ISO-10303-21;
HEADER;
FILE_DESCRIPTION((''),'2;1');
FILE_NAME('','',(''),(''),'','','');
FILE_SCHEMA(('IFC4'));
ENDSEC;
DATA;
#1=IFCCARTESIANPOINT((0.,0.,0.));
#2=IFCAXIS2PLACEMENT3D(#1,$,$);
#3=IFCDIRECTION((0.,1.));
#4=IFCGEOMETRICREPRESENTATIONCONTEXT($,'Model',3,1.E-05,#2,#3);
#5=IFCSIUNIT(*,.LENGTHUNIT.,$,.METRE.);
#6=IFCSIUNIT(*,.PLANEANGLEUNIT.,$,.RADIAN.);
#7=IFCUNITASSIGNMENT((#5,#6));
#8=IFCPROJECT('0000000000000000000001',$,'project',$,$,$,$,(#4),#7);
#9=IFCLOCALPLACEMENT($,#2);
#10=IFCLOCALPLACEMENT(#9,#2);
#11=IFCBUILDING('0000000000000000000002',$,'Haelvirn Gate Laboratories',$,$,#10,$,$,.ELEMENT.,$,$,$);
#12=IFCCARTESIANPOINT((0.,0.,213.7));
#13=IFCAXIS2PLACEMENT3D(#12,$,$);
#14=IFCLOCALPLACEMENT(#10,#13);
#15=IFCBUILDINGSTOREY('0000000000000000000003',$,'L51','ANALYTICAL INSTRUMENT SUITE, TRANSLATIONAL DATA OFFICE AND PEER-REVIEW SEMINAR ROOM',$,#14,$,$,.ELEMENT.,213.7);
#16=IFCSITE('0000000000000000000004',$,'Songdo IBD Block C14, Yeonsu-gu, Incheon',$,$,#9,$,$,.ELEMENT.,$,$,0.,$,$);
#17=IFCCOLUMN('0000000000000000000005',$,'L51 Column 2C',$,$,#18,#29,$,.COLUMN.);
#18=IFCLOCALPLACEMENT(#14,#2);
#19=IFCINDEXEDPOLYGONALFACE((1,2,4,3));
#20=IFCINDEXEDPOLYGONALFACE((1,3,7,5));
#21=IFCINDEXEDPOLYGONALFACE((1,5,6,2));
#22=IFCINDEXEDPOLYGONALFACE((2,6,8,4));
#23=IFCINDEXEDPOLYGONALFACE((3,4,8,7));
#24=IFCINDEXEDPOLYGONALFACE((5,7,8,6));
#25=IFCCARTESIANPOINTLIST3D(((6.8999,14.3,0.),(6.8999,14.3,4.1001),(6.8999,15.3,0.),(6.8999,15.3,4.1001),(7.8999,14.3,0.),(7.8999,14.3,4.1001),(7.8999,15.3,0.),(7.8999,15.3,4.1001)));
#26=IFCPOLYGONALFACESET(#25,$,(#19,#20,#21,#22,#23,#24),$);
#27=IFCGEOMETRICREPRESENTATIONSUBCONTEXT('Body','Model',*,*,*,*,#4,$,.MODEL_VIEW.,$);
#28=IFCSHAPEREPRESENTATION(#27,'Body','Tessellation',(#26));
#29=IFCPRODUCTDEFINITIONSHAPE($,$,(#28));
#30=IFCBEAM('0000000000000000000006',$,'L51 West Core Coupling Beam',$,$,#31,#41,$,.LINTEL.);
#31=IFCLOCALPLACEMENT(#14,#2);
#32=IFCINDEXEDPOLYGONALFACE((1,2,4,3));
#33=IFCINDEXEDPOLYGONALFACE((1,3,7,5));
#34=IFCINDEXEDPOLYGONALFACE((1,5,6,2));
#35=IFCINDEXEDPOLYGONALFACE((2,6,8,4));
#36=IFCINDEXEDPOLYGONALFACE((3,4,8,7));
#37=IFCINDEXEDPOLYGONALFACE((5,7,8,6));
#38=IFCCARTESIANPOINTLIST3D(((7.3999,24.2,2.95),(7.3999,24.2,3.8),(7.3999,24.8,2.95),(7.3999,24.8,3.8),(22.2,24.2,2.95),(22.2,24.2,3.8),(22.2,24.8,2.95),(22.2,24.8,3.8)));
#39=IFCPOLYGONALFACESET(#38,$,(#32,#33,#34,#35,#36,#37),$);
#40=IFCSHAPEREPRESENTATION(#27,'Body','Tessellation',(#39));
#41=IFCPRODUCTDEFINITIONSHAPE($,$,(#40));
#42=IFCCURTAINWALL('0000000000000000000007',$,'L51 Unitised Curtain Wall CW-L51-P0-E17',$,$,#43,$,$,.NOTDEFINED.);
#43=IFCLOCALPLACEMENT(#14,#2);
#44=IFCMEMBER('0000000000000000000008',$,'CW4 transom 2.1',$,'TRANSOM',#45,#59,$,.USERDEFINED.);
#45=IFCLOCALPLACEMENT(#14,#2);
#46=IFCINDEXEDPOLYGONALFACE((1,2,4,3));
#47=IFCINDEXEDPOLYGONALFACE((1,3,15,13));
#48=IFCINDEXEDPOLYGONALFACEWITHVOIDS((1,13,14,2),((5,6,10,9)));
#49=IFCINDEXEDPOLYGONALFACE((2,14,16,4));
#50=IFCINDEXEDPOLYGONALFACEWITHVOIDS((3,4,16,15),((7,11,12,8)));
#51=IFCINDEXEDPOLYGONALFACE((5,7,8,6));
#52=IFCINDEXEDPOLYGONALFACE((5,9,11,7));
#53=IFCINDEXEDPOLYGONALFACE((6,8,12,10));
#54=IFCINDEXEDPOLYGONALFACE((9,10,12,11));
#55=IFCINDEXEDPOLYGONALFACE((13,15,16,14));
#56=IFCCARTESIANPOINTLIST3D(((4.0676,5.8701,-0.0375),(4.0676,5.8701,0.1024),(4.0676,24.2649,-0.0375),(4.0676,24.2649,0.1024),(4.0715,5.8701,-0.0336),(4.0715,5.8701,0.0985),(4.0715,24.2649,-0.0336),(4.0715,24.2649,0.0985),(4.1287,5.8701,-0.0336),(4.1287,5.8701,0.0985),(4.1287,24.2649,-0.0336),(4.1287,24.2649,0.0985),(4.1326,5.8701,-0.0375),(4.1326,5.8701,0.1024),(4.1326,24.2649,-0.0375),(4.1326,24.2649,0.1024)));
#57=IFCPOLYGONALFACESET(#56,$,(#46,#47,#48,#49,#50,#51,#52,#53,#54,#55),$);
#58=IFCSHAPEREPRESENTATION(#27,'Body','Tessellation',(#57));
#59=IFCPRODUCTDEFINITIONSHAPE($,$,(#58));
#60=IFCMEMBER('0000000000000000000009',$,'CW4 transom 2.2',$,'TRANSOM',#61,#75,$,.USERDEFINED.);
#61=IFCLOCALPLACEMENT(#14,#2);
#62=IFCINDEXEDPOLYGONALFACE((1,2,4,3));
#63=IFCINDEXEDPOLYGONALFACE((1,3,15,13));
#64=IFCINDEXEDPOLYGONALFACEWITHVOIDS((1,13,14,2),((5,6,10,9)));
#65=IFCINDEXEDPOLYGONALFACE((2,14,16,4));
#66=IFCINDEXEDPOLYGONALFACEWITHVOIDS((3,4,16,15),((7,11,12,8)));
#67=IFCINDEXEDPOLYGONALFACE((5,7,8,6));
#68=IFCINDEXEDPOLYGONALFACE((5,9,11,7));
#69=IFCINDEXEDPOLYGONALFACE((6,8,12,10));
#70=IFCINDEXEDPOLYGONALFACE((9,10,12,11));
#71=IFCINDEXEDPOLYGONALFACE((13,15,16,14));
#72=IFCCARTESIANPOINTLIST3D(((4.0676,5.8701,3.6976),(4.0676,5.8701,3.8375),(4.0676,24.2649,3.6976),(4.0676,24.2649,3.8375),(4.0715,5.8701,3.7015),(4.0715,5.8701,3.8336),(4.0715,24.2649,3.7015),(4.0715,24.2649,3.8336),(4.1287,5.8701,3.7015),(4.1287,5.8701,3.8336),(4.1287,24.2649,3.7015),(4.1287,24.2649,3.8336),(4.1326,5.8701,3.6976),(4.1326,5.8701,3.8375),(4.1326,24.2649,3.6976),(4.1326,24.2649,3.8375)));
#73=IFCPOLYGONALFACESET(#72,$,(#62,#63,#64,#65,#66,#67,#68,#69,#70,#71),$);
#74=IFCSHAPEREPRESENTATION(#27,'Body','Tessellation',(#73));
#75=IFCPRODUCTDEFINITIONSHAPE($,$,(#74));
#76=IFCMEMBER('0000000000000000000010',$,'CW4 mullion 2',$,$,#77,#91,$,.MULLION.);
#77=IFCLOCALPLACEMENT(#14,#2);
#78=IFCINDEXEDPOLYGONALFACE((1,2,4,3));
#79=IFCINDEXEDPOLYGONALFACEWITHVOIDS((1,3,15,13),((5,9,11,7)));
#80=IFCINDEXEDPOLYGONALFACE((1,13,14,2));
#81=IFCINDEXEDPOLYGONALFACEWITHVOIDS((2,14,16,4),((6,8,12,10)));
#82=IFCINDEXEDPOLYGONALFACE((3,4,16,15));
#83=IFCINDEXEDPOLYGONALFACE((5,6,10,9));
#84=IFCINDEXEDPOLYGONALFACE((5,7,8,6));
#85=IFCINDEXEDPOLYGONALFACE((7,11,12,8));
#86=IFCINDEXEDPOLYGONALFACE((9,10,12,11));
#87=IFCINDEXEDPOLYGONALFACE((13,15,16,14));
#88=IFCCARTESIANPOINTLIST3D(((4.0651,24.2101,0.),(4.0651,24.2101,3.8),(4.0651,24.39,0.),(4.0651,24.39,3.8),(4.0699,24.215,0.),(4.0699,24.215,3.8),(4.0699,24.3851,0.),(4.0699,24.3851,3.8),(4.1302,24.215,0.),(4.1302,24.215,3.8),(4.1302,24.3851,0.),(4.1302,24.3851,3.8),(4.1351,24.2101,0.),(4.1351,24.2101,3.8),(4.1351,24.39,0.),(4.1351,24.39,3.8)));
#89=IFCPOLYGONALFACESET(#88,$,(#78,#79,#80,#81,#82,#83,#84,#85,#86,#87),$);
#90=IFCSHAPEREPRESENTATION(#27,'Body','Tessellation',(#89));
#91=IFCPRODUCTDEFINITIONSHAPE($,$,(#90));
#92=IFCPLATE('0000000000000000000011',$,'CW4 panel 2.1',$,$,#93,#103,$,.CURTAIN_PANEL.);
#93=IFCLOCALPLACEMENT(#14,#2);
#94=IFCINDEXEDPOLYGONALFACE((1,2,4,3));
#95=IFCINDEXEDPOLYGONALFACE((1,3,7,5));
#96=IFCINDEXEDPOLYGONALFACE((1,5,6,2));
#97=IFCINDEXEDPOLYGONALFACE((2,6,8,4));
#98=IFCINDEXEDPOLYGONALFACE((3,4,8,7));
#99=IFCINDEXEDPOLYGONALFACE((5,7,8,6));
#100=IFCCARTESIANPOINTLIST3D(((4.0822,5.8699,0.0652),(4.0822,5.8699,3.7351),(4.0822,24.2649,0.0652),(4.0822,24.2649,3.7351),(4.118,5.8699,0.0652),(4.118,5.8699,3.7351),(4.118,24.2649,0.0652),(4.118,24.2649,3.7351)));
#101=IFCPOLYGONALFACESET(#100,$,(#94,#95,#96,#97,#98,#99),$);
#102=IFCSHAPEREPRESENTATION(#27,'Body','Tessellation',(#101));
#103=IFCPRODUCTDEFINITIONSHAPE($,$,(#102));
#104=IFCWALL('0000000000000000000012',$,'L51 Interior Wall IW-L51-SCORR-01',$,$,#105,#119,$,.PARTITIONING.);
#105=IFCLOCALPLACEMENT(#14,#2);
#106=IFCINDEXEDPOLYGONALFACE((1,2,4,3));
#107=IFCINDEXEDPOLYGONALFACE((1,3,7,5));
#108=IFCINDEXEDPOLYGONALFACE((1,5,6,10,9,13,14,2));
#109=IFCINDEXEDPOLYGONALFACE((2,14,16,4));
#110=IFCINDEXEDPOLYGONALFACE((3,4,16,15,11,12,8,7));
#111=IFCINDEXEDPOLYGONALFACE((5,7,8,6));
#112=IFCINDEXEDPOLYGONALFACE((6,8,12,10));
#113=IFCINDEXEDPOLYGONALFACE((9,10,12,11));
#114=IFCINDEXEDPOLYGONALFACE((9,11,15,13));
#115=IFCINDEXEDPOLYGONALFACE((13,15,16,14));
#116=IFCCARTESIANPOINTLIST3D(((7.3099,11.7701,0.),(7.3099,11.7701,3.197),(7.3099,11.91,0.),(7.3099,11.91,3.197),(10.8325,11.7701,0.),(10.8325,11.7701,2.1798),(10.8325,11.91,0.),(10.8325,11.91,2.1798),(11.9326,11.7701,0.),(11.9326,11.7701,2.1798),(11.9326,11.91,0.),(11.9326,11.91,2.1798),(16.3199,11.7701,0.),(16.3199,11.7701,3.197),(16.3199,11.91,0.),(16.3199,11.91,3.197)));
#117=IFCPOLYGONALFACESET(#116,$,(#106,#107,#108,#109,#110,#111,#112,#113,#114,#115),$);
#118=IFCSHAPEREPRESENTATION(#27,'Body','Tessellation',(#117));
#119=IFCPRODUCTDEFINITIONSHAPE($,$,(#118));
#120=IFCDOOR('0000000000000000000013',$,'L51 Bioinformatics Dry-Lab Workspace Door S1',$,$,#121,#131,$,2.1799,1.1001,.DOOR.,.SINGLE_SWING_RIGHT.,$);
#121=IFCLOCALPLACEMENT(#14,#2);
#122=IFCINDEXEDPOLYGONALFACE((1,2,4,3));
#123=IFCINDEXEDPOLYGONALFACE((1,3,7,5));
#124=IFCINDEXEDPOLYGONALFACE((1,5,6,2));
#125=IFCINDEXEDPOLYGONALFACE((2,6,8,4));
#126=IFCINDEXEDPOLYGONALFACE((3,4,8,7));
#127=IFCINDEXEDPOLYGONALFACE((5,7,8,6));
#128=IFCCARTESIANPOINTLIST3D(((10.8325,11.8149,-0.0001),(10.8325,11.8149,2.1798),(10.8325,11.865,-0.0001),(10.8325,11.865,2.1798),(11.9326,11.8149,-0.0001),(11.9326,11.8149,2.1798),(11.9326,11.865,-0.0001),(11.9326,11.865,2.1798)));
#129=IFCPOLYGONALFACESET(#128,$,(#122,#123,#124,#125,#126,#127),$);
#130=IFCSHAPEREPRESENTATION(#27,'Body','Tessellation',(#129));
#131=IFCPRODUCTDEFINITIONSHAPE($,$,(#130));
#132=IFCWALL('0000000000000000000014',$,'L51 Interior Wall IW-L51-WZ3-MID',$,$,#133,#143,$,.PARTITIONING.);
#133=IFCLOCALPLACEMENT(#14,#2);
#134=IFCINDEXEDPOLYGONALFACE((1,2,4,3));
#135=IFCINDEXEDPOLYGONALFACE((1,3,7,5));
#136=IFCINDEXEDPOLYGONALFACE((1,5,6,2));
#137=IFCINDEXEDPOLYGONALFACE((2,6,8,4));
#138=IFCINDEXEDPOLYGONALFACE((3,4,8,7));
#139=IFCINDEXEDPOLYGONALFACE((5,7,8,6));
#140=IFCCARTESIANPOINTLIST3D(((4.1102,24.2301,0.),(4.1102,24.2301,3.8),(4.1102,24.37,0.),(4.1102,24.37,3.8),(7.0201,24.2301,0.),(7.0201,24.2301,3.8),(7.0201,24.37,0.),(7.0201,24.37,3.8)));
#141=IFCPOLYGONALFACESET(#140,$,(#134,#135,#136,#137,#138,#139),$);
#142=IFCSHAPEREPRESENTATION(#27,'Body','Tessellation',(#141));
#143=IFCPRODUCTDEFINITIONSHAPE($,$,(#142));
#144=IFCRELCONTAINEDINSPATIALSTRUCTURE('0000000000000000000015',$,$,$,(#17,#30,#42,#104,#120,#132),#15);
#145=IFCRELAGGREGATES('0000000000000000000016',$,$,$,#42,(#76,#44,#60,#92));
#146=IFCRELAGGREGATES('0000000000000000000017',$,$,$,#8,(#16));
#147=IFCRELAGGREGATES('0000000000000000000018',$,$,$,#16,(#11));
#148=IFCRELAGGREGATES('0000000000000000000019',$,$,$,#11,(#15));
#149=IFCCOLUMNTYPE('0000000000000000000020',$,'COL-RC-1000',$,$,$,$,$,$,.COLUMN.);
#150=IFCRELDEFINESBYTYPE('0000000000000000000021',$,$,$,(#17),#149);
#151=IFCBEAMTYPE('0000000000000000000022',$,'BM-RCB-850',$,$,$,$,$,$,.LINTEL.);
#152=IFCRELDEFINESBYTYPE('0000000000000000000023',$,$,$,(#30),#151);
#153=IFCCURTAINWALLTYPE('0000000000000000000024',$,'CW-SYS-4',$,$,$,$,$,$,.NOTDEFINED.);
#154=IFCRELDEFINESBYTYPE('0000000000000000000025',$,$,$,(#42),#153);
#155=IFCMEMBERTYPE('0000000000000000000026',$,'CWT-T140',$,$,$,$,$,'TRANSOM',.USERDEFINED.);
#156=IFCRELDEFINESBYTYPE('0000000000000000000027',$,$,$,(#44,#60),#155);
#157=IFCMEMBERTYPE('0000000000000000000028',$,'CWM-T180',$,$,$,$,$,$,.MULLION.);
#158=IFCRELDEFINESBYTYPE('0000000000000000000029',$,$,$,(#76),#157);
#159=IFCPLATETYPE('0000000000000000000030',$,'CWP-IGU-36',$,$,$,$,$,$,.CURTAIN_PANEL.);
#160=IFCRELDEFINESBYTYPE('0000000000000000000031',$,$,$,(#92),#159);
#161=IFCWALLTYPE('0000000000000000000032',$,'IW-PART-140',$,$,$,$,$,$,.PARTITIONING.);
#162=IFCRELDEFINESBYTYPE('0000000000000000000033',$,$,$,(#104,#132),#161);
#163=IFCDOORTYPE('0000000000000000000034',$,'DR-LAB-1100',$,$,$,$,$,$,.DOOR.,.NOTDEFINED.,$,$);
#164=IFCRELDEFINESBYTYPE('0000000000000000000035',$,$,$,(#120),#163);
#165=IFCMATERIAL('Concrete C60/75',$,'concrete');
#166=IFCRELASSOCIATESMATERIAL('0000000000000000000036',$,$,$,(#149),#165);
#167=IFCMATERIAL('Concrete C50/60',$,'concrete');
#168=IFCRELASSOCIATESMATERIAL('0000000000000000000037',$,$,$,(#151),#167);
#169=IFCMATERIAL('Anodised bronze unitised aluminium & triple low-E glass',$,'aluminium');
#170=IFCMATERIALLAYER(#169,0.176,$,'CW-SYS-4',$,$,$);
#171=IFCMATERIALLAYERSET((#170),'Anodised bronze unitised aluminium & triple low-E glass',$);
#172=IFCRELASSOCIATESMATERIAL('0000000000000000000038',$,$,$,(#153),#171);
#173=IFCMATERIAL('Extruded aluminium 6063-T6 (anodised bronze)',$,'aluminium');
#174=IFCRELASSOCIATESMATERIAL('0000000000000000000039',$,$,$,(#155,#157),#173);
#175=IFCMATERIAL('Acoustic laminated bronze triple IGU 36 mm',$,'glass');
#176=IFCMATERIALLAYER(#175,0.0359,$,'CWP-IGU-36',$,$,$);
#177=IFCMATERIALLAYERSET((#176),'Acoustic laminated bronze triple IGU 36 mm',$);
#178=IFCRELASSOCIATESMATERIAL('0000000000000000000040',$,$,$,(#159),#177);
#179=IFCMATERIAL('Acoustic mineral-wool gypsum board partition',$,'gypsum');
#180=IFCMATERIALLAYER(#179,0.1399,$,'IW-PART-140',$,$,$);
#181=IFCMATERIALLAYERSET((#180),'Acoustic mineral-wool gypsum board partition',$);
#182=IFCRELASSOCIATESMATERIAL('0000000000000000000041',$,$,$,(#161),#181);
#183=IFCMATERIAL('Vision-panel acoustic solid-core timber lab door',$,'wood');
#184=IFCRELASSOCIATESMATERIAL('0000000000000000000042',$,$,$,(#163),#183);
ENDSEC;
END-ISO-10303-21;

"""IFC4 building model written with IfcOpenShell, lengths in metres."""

from ifc_helpers import new_model, si_unit, direction, frame, frame_2d, origin, origin_2d, place, context, subcontext, project, spatial, rectangle, hollow_rectangle, extrude, source, transform, mapped, material, layer, layer_set, material_profile, profile_set, type_object, type_shapes, element, fill, aggregate, save


model = new_model("IFC4")

# Units and contexts
model_context = context("Model", 3, precision=1e-05, world=origin(), true_north=direction((0.0, 1.0)))
body_context = subcontext(model_context, "Body", "Model", "MODEL_VIEW")
ifc_project = project(units=[si_unit("LENGTHUNIT", "METRE"), si_unit("PLANEANGLEUNIT", "RADIAN")], contexts=[model_context])

# Site, building, storey
site_placement = place(None, origin())
site = spatial("IfcSite", under=ifc_project, at=site_placement, Name="Songdo IBD Block C14, Yeonsu-gu, Incheon", CompositionType="ELEMENT", RefElevation=0.0)
building_placement = place(site_placement, origin())
building = spatial("IfcBuilding", under=site, at=building_placement, Name="Haelvirn Gate Laboratories", CompositionType="ELEMENT")
storey_placement = place(building_placement, frame((0.0, 0.0, 213.7)))
storey = spatial("IfcBuildingStorey", under=building, at=storey_placement, Name="L51", Description="ANALYTICAL INSTRUMENT SUITE, TRANSLATIONAL DATA OFFICE AND PEER-REVIEW SEMINAR ROOM", CompositionType="ELEMENT", Elevation=213.7)

# Column
ifc_material_1 = material(Name="Concrete C60/75", Category="concrete")
ifc_material_profile_1 = material_profile(ifc_material_1, rectangle(XDim=1.0, YDim=1.0, at=origin_2d()), Name="RC-1000x1000")
ifc_profile_set_1 = profile_set([ifc_material_profile_1], Name="Concrete C60/75")
column_type = type_object("IfcColumnType", Name="COL-RC-1000", PredefinedType="COLUMN", material=ifc_profile_set_1)
shared_shape_1 = source(origin(), body_context, "Body", "SweptSolid", [
    extrude(rectangle(XDim=1.0, YDim=1.0, at=origin_2d()), origin(), (0.0, 0.0, 1.0), 4.1001),
])
type_shapes(column_type, [shared_shape_1])
column_placement = place(storey_placement, frame((7.3999, 14.8, 0.0), z_axis=(0.0, 0.0, 1.0), x_axis=(1.0, 0.0, 0.0)))
element("IfcColumn", 1, at=column_placement, inside=storey, type_object=column_type, Name="L51 Column 2C", PredefinedType="COLUMN", context=body_context, shape_type="MappedRepresentation", body=[
    mapped(shared_shape_1, transform((0.0, 0.0, 0.0), scale=1.0)),
])

# Beam
ifc_material_2 = material(Name="Concrete C50/60", Category="concrete")
ifc_material_profile_2 = material_profile(ifc_material_2, rectangle(XDim=0.6001, YDim=0.8501, at=origin_2d()), Name="RCB-600x850")
ifc_profile_set_2 = profile_set([ifc_material_profile_2], Name="Concrete C50/60")
beam_type = type_object("IfcBeamType", Name="BM-RCB-850", PredefinedType="LINTEL", material=ifc_profile_set_2)
shared_shape_2 = source(origin(), body_context, "Body", "SweptSolid", [
    extrude(rectangle(XDim=0.6001, YDim=0.8501, at=origin_2d()), origin(), (0.0, 0.0, 1.0), 14.8),
])
type_shapes(beam_type, [shared_shape_2])
beam_placement = place(storey_placement, frame((7.3999, 24.5, 3.375), z_axis=(1.0, 0.0, 0.0), x_axis=(0.0, 1.0, 0.0)))
element("IfcBeam", 2, at=beam_placement, inside=storey, type_object=beam_type, Name="L51 West Core Coupling Beam", PredefinedType="LINTEL", context=body_context, shape_type="MappedRepresentation", body=[
    mapped(shared_shape_2, transform((0.0, 0.0, 0.0), scale=1.0)),
])

# Curtain wall, members, plate
ifc_material_3 = material(Name="Anodised bronze unitised aluminium & triple low-E glass", Category="aluminium")
ifc_layer_1 = layer(ifc_material_3, 0.176, Name="CW-SYS-4")
ifc_layer_set_1 = layer_set([ifc_layer_1], Name="Anodised bronze unitised aluminium & triple low-E glass")
curtain_wall_type = type_object("IfcCurtainWallType", Name="CW-SYS-4", PredefinedType="NOTDEFINED", material=ifc_layer_set_1)
curtain_wall_placement = place(storey_placement, origin())
curtain_wall = element("IfcCurtainWall", 3, at=curtain_wall_placement, inside=storey, type_object=curtain_wall_type, Name="L51 Unitised Curtain Wall CW-L51-P0-E17", PredefinedType="NOTDEFINED")
ifc_material_4 = material(Name="Extruded aluminium 6063-T6 (anodised bronze)", Category="aluminium")
ifc_material_profile_3 = material_profile(ifc_material_4, hollow_rectangle(XDim=0.0649, YDim=0.1399, WallThickness=0.0039, at=origin_2d()), Name="CWT-140x65x4")
ifc_profile_set_3 = profile_set([ifc_material_profile_3], Name="Extruded aluminium 6063-T6 (anodised bronze)")
member_type_1 = type_object("IfcMemberType", Name="CWT-T140", ElementType="TRANSOM", PredefinedType="USERDEFINED", material=ifc_profile_set_3)
shared_shape_3 = source(origin(), body_context, "Body", "SweptSolid", [
    extrude(hollow_rectangle(XDim=0.0649, YDim=0.1399, WallThickness=0.0039, at=origin_2d()), origin(), (0.0, 0.0, 1.0), 18.3948),
])
type_shapes(member_type_1, [shared_shape_3])
member_1_placement = place(storey_placement, frame((4.1001, 24.2649, 0.0325), z_axis=(0.0, -1.0, 0.0), x_axis=(1.0, 0.0, 0.0)))
member_1 = element("IfcMember", 4, at=member_1_placement, type_object=member_type_1, Name="CW4 transom 2.1", ObjectType="TRANSOM", PredefinedType="USERDEFINED", context=body_context, shape_type="MappedRepresentation", body=[
    mapped(shared_shape_3, transform((0.0, 0.0, 0.0), scale=1.0)),
])
member_2_placement = place(storey_placement, frame((4.1001, 24.2649, 3.7676), z_axis=(0.0, -1.0, 0.0), x_axis=(1.0, 0.0, 0.0)))
member_2 = element("IfcMember", 5, at=member_2_placement, type_object=member_type_1, Name="CW4 transom 2.2", ObjectType="TRANSOM", PredefinedType="USERDEFINED", context=body_context, shape_type="MappedRepresentation", body=[
    mapped(shared_shape_3, transform((0.0, 0.0, 0.0), scale=1.0)),
])
ifc_material_profile_4 = material_profile(ifc_material_4, hollow_rectangle(XDim=0.0701, YDim=0.1799, WallThickness=0.0049, at=origin_2d()), Name="CWM-180x70x5")
ifc_profile_set_4 = profile_set([ifc_material_profile_4], Name="Extruded aluminium 6063-T6 (anodised bronze)")
member_type_2 = type_object("IfcMemberType", Name="CWM-T180", PredefinedType="MULLION", material=ifc_profile_set_4)
shared_shape_4 = source(origin(), body_context, "Body", "SweptSolid", [
    extrude(hollow_rectangle(XDim=0.0701, YDim=0.1799, WallThickness=0.0049, at=origin_2d()), origin(), (0.0, 0.0, 1.0), 3.8),
])
type_shapes(member_type_2, [shared_shape_4])
member_3_placement = place(storey_placement, frame((4.1001, 24.3, 0.0), z_axis=(0.0, 0.0, 1.0), x_axis=(1.0, 0.0, 0.0)))
member_3 = element("IfcMember", 6, at=member_3_placement, type_object=member_type_2, Name="CW4 mullion 2", PredefinedType="MULLION", context=body_context, shape_type="MappedRepresentation", body=[
    mapped(shared_shape_4, transform((0.0, 0.0, 0.0), scale=1.0)),
])
ifc_material_5 = material(Name="Acoustic laminated bronze triple IGU 36 mm", Category="glass")
ifc_layer_2 = layer(ifc_material_5, 0.0359, Name="CWP-IGU-36")
ifc_layer_set_2 = layer_set([ifc_layer_2], Name="Acoustic laminated bronze triple IGU 36 mm")
plate_type = type_object("IfcPlateType", Name="CWP-IGU-36", PredefinedType="CURTAIN_PANEL", material=ifc_layer_set_2)
shared_shape_5 = source(origin(), body_context, "Body", "SweptSolid", [
    extrude(rectangle(XDim=18.395, YDim=0.0359, at=origin_2d()), origin(), (0.0, 0.0, 1.0), 3.6699),
])
type_shapes(plate_type, [shared_shape_5])
plate_placement = place(storey_placement, frame((4.1001, 15.0674, 0.0652), z_axis=(0.0, 0.0, 1.0), x_axis=(0.0, -1.0, 0.0)))
plate = element("IfcPlate", 7, at=plate_placement, type_object=plate_type, Name="CW4 panel 2.1", PredefinedType="CURTAIN_PANEL", context=body_context, shape_type="MappedRepresentation", body=[
    mapped(shared_shape_5, transform((0.0, 0.0, 0.0), scale=1.0)),
])
aggregate(curtain_wall, [member_3, member_1, member_2, plate])

# Wall, opening, door
ifc_material_6 = material(Name="Acoustic mineral-wool gypsum board partition", Category="gypsum")
ifc_layer_3 = layer(ifc_material_6, 0.1399, Name="IW-PART-140")
ifc_layer_set_3 = layer_set([ifc_layer_3], Name="Acoustic mineral-wool gypsum board partition")
wall_type_1 = type_object("IfcWallType", Name="IW-PART-140", PredefinedType="PARTITIONING", material=ifc_layer_set_3)
wall_1_placement = place(storey_placement, frame((7.3101, 11.8401, 0.0), z_axis=(0.0, 0.0, 1.0), x_axis=(1.0, 0.0, 0.0)))
wall_1 = element("IfcWall", 8, at=wall_1_placement, inside=storey, type_object=wall_type_1, Name="L51 Interior Wall IW-L51-SCORR-01", PredefinedType="PARTITIONING", context=body_context, shape_type="SweptSolid", body=[
    extrude(rectangle(XDim=9.01, YDim=0.1399, at=frame_2d((4.5049, 0.0))), origin(), (0.0, 0.0, 1.0), 3.197),
])
opening_1_placement = place(wall_1_placement, frame((3.5225, 0.0, 0.0)))
opening_1 = element("IfcOpeningElement", 9, at=opening_1_placement, cuts=wall_1, PredefinedType="OPENING", context=body_context, shape_type="SweptSolid", body=[
    extrude(rectangle(XDim=1.1001, YDim=2.1799, at=frame_2d((0.55, 1.0898))), frame((0.0, 0.0801, 0.0), z_axis=(0.0, -1.0, 0.0), x_axis=(1.0, 0.0, 0.0)), (0.0, 0.0, 1.0), 0.1599),
])
ifc_material_7 = material(Name="Vision-panel acoustic solid-core timber lab door", Category="wood")
door_type_1 = type_object("IfcDoorType", Name="DR-LAB-1100", OperationType="NOTDEFINED", PredefinedType="DOOR", material=ifc_material_7)
shared_shape_6 = source(origin(), body_context, "Body", "SweptSolid", [
    extrude(rectangle(XDim=1.1001, YDim=2.1799, at=frame_2d((0.55, 1.0898))), frame((0.0, 0.0249, 0.0), z_axis=(0.0, -1.0, 0.0), x_axis=(1.0, 0.0, 0.0)), (0.0, 0.0, 1.0), 0.05),
])
type_shapes(door_type_1, [shared_shape_6])
door_1_placement = place(opening_1_placement, origin())
door_1 = element("IfcDoor", 10, at=door_1_placement, inside=storey, type_object=door_type_1, Name="L51 Bioinformatics Dry-Lab Workspace Door S1", OperationType="SINGLE_SWING_RIGHT", OverallHeight=2.1799, OverallWidth=1.1001, PredefinedType="DOOR", context=body_context, shape_type="MappedRepresentation", body=[
    mapped(shared_shape_6, transform((0.0, 0.0, 0.0), scale=1.0)),
])
fill(opening_1, door_1)

# Wall
wall_2_placement = place(storey_placement, frame((4.1101, 24.3, 0.0), z_axis=(0.0, 0.0, 1.0), x_axis=(1.0, 0.0, 0.0)))
element("IfcWall", 11, at=wall_2_placement, inside=storey, type_object=wall_type_1, Name="L51 Interior Wall IW-L51-WZ3-MID", PredefinedType="PARTITIONING", context=body_context, shape_type="SweptSolid", body=[
    extrude(rectangle(XDim=2.9099, YDim=0.1399, at=frame_2d((1.4551, 0.0))), origin(), (0.0, 0.0, 1.0), 3.8),
])

save(model, "model.ifc")
